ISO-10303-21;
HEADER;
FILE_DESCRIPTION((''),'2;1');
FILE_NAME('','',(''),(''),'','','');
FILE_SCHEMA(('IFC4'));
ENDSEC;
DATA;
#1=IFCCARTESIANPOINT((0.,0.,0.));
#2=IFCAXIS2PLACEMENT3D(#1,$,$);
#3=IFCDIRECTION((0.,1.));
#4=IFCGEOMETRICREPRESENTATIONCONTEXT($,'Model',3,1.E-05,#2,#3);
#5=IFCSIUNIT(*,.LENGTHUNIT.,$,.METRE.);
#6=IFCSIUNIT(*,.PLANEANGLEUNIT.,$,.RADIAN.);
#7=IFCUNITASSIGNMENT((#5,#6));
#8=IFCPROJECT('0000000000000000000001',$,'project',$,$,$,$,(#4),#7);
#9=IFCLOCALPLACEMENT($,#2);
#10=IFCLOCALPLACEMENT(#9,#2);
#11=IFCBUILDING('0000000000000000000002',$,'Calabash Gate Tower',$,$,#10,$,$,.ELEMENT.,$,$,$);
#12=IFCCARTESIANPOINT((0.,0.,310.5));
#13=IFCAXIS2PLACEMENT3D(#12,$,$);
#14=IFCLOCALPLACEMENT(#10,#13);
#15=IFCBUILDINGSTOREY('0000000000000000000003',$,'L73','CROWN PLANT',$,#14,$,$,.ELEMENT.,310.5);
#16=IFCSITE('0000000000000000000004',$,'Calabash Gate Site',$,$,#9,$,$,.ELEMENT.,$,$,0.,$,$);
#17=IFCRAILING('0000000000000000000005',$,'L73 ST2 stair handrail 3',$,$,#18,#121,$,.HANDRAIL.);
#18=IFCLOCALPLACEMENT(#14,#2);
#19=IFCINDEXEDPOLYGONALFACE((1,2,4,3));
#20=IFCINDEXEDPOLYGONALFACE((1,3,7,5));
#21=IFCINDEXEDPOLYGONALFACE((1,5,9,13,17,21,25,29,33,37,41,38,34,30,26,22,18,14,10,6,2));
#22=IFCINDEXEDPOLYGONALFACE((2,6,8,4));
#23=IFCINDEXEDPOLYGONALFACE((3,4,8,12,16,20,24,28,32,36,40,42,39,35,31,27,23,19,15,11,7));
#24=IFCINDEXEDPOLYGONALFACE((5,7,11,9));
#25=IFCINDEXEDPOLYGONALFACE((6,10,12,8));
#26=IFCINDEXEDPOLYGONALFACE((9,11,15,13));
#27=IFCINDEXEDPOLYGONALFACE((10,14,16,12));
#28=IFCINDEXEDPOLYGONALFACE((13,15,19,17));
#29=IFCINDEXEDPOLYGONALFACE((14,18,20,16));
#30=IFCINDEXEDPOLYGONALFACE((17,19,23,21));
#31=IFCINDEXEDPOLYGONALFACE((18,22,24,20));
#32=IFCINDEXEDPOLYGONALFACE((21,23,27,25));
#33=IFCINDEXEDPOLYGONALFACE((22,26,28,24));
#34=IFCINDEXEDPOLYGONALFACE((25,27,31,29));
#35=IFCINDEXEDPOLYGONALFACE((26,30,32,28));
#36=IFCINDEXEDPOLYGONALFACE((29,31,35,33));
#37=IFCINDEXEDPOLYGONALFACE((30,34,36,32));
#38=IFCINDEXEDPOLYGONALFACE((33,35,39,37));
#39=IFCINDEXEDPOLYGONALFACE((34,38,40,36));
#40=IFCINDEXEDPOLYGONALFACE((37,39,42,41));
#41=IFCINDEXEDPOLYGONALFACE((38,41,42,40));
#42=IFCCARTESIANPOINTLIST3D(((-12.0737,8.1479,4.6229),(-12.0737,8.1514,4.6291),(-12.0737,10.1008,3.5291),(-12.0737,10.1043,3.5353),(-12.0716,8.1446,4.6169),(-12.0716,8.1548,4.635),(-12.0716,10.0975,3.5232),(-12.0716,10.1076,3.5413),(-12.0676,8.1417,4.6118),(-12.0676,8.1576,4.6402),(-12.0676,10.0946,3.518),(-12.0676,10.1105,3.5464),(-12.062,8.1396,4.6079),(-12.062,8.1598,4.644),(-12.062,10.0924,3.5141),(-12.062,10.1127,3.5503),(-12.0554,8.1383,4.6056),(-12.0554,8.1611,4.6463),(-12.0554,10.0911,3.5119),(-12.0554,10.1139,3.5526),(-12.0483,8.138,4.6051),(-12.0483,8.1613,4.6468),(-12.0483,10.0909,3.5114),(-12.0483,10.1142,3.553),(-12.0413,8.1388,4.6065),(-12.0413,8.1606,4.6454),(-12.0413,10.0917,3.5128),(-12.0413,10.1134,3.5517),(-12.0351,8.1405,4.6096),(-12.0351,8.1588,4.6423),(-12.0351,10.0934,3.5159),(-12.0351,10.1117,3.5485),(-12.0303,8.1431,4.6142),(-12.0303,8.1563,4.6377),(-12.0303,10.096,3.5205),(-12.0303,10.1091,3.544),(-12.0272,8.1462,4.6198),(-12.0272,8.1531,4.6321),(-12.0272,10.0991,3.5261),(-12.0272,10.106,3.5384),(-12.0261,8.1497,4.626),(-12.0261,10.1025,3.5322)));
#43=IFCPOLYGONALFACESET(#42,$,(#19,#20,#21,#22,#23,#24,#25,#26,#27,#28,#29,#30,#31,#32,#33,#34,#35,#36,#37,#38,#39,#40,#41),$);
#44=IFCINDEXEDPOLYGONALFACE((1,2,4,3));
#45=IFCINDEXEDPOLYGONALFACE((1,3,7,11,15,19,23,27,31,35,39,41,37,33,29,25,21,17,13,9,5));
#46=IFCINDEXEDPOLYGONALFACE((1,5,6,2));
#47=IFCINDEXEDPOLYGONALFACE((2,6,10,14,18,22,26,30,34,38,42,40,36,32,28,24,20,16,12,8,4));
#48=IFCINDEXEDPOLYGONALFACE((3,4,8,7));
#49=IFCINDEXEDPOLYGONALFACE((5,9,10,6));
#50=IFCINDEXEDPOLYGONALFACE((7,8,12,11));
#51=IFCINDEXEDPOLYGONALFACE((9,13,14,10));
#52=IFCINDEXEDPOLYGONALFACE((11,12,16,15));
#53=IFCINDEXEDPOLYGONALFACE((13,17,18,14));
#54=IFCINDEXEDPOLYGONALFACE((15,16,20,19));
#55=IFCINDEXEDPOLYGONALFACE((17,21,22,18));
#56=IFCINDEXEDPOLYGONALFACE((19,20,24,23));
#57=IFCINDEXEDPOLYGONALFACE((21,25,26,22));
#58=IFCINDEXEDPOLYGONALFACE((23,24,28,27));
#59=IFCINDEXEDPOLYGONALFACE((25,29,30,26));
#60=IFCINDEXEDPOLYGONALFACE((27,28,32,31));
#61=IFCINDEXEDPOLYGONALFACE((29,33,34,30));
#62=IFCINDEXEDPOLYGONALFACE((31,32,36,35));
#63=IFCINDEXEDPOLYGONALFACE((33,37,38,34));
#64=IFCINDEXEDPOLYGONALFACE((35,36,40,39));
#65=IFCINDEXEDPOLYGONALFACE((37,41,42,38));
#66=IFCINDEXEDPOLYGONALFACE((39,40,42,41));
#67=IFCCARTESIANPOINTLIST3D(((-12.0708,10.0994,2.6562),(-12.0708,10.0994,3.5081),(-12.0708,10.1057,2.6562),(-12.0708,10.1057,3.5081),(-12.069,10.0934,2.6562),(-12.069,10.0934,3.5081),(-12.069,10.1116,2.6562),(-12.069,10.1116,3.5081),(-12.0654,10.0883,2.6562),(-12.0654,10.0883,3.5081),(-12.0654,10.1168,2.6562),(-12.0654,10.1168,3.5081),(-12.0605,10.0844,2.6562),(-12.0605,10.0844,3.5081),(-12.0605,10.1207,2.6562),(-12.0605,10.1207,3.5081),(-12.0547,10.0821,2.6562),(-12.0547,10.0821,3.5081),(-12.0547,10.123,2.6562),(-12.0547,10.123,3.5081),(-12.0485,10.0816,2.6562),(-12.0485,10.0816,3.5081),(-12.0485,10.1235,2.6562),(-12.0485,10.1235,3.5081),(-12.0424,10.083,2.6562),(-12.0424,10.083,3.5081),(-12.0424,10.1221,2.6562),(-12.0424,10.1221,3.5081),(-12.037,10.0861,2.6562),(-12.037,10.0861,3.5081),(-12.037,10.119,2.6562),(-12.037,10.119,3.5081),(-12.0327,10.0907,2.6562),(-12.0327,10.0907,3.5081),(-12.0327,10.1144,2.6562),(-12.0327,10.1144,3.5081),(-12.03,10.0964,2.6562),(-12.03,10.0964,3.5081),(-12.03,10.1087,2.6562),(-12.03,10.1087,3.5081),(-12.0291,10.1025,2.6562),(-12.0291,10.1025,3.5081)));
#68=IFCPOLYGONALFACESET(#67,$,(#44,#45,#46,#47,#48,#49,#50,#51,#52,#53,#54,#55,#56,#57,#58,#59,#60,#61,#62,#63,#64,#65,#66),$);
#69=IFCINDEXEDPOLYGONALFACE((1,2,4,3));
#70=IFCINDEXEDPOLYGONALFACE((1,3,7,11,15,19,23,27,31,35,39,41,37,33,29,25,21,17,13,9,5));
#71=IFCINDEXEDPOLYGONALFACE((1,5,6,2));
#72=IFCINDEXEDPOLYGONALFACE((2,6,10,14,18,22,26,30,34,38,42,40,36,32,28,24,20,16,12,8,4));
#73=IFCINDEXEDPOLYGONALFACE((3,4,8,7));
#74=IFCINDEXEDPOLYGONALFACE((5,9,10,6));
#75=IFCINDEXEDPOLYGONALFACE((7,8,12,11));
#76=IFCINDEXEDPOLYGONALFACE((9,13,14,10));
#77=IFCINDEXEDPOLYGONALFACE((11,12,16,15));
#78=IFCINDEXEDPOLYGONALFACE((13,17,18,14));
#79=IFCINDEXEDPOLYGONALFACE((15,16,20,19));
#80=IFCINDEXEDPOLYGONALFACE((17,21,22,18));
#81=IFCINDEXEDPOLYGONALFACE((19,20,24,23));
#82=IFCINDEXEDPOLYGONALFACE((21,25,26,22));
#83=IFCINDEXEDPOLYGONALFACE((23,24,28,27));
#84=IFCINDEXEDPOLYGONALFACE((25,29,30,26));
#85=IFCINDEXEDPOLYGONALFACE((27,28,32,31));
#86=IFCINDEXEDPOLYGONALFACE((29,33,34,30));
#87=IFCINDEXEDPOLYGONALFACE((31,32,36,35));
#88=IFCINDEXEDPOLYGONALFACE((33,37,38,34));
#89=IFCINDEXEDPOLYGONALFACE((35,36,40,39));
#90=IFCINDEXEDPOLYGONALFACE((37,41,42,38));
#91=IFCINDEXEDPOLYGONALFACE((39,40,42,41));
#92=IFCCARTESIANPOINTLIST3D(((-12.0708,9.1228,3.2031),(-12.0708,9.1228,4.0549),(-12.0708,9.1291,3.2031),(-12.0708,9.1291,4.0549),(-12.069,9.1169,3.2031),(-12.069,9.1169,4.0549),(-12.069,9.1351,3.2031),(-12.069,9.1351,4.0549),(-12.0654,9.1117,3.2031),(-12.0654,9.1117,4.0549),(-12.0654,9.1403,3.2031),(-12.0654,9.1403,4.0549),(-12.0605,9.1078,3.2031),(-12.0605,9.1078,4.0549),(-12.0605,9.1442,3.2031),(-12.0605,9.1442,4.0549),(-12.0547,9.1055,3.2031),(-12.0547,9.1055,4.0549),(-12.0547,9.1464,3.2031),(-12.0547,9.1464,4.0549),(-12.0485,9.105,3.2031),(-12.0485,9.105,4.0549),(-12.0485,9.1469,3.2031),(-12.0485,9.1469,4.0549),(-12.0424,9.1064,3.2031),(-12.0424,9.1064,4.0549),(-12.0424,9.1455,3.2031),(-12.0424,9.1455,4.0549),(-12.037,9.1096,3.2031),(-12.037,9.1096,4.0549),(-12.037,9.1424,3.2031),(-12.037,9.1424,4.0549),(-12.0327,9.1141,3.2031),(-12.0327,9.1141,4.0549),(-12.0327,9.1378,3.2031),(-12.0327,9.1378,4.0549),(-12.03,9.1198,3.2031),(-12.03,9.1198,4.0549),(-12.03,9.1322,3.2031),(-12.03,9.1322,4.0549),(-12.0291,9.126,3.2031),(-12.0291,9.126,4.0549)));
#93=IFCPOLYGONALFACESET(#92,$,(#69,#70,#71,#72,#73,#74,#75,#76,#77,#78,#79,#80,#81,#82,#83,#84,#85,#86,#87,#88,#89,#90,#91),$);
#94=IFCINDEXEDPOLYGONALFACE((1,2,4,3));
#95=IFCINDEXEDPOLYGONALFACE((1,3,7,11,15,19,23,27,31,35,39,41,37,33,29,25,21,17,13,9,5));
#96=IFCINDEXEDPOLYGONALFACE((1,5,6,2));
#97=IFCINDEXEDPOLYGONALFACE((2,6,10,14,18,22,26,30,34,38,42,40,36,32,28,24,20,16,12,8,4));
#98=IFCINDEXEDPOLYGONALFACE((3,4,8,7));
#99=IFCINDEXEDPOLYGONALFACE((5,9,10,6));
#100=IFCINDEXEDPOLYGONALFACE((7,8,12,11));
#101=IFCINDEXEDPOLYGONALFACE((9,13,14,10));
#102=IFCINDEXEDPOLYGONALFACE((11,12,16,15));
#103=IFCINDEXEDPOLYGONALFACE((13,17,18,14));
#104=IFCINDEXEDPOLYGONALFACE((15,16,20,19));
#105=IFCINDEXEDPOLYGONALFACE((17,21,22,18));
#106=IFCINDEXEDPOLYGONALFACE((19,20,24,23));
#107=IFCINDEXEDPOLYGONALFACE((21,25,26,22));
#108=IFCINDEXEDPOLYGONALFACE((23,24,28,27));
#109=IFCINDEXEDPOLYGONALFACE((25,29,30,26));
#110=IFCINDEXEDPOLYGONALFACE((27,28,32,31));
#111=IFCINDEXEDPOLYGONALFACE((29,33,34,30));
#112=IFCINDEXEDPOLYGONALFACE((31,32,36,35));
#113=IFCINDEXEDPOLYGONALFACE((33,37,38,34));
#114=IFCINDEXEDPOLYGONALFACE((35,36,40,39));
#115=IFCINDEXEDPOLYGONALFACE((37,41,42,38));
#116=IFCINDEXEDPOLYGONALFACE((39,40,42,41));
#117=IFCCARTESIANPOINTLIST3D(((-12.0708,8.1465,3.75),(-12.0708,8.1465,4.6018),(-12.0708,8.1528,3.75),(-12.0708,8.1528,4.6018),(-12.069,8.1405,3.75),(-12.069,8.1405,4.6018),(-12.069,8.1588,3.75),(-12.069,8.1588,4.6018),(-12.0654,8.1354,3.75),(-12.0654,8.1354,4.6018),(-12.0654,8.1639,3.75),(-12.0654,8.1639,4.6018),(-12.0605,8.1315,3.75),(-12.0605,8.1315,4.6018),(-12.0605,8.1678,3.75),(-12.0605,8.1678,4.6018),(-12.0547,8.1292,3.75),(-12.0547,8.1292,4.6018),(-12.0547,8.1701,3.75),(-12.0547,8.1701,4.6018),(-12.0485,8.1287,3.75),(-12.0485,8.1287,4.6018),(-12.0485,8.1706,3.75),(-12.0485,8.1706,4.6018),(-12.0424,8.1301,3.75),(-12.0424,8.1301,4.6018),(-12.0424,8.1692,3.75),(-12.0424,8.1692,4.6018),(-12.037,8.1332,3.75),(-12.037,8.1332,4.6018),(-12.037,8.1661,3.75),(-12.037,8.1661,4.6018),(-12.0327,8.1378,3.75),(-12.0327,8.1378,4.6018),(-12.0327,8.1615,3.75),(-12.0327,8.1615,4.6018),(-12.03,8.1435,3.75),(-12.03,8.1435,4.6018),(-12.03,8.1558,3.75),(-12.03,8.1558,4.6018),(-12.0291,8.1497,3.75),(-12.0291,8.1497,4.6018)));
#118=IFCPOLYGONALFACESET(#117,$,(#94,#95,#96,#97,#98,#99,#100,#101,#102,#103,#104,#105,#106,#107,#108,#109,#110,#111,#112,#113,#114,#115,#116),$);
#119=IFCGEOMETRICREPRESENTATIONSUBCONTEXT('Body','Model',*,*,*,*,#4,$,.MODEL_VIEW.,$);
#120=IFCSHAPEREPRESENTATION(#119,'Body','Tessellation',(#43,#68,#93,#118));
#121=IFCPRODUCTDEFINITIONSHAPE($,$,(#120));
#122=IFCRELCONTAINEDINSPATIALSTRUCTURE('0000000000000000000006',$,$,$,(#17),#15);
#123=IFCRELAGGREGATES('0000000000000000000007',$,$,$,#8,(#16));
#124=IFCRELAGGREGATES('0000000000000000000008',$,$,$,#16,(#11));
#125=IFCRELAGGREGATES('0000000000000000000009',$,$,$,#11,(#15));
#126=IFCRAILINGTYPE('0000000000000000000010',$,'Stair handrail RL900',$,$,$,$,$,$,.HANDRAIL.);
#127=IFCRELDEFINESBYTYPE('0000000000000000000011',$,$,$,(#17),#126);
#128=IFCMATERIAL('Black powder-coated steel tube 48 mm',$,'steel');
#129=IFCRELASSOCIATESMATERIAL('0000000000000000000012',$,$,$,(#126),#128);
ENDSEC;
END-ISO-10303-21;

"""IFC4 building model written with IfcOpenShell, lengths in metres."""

from ifc_helpers import new_model, si_unit, direction, frame, origin, origin_2d, place, context, subcontext, project, spatial, circle, extrude, material, type_object, element, save


model = new_model("IFC4")

# Units and contexts
model_context = context("Model", 3, precision=1e-05, world=origin(), true_north=direction((0.0, 1.0)))
body_context = subcontext(model_context, "Body", "Model", "MODEL_VIEW")
ifc_project = project(units=[si_unit("LENGTHUNIT", "METRE"), si_unit("PLANEANGLEUNIT", "RADIAN")], contexts=[model_context])

# Site, building, storey
site_placement = place(None, origin())
site = spatial("IfcSite", under=ifc_project, at=site_placement, Name="Calabash Gate Site", CompositionType="ELEMENT", RefElevation=0.0)
building_placement = place(site_placement, origin())
building = spatial("IfcBuilding", under=site, at=building_placement, Name="Calabash Gate Tower", CompositionType="ELEMENT")
storey_placement = place(building_placement, frame((0.0, 0.0, 310.5)))
storey = spatial("IfcBuildingStorey", under=building, at=storey_placement, Name="L73", Description="CROWN PLANT", CompositionType="ELEMENT", Elevation=310.5)

# Railing
ifc_material_1 = material(Name="Black powder-coated steel tube 48 mm", Category="steel")
railing_type_1 = type_object("IfcRailingType", Name="Stair handrail RL900", PredefinedType="HANDRAIL", material=ifc_material_1)
railing_1_placement = place(storey_placement, frame((-12.05, 10.1025, 2.6562)))
element("IfcRailing", 1, at=railing_1_placement, inside=storey, type_object=railing_type_1, Name="L73 ST2 stair handrail 3", PredefinedType="HANDRAIL", context=body_context, shape_type="SweptSolid", body=[
    extrude(circle(Radius=0.0239, at=origin_2d()), frame((0.0, 0.0, 0.876), z_axis=(0.0, -0.87248, 0.48865), x_axis=(1.0, 0.0, 0.0)), (0.0, 0.0, 1.0), 2.2383),
    extrude(circle(Radius=0.021, at=origin_2d()), origin(), (0.0, 0.0, 1.0), 0.8518),
    extrude(circle(Radius=0.021, at=origin_2d()), frame((0.0, -0.9766, 0.5469)), (0.0, 0.0, 1.0), 0.8518),
    extrude(circle(Radius=0.021, at=origin_2d()), frame((0.0, -1.9529, 1.0938)), (0.0, 0.0, 1.0), 0.8518),
])

save(model, "model.ifc")
